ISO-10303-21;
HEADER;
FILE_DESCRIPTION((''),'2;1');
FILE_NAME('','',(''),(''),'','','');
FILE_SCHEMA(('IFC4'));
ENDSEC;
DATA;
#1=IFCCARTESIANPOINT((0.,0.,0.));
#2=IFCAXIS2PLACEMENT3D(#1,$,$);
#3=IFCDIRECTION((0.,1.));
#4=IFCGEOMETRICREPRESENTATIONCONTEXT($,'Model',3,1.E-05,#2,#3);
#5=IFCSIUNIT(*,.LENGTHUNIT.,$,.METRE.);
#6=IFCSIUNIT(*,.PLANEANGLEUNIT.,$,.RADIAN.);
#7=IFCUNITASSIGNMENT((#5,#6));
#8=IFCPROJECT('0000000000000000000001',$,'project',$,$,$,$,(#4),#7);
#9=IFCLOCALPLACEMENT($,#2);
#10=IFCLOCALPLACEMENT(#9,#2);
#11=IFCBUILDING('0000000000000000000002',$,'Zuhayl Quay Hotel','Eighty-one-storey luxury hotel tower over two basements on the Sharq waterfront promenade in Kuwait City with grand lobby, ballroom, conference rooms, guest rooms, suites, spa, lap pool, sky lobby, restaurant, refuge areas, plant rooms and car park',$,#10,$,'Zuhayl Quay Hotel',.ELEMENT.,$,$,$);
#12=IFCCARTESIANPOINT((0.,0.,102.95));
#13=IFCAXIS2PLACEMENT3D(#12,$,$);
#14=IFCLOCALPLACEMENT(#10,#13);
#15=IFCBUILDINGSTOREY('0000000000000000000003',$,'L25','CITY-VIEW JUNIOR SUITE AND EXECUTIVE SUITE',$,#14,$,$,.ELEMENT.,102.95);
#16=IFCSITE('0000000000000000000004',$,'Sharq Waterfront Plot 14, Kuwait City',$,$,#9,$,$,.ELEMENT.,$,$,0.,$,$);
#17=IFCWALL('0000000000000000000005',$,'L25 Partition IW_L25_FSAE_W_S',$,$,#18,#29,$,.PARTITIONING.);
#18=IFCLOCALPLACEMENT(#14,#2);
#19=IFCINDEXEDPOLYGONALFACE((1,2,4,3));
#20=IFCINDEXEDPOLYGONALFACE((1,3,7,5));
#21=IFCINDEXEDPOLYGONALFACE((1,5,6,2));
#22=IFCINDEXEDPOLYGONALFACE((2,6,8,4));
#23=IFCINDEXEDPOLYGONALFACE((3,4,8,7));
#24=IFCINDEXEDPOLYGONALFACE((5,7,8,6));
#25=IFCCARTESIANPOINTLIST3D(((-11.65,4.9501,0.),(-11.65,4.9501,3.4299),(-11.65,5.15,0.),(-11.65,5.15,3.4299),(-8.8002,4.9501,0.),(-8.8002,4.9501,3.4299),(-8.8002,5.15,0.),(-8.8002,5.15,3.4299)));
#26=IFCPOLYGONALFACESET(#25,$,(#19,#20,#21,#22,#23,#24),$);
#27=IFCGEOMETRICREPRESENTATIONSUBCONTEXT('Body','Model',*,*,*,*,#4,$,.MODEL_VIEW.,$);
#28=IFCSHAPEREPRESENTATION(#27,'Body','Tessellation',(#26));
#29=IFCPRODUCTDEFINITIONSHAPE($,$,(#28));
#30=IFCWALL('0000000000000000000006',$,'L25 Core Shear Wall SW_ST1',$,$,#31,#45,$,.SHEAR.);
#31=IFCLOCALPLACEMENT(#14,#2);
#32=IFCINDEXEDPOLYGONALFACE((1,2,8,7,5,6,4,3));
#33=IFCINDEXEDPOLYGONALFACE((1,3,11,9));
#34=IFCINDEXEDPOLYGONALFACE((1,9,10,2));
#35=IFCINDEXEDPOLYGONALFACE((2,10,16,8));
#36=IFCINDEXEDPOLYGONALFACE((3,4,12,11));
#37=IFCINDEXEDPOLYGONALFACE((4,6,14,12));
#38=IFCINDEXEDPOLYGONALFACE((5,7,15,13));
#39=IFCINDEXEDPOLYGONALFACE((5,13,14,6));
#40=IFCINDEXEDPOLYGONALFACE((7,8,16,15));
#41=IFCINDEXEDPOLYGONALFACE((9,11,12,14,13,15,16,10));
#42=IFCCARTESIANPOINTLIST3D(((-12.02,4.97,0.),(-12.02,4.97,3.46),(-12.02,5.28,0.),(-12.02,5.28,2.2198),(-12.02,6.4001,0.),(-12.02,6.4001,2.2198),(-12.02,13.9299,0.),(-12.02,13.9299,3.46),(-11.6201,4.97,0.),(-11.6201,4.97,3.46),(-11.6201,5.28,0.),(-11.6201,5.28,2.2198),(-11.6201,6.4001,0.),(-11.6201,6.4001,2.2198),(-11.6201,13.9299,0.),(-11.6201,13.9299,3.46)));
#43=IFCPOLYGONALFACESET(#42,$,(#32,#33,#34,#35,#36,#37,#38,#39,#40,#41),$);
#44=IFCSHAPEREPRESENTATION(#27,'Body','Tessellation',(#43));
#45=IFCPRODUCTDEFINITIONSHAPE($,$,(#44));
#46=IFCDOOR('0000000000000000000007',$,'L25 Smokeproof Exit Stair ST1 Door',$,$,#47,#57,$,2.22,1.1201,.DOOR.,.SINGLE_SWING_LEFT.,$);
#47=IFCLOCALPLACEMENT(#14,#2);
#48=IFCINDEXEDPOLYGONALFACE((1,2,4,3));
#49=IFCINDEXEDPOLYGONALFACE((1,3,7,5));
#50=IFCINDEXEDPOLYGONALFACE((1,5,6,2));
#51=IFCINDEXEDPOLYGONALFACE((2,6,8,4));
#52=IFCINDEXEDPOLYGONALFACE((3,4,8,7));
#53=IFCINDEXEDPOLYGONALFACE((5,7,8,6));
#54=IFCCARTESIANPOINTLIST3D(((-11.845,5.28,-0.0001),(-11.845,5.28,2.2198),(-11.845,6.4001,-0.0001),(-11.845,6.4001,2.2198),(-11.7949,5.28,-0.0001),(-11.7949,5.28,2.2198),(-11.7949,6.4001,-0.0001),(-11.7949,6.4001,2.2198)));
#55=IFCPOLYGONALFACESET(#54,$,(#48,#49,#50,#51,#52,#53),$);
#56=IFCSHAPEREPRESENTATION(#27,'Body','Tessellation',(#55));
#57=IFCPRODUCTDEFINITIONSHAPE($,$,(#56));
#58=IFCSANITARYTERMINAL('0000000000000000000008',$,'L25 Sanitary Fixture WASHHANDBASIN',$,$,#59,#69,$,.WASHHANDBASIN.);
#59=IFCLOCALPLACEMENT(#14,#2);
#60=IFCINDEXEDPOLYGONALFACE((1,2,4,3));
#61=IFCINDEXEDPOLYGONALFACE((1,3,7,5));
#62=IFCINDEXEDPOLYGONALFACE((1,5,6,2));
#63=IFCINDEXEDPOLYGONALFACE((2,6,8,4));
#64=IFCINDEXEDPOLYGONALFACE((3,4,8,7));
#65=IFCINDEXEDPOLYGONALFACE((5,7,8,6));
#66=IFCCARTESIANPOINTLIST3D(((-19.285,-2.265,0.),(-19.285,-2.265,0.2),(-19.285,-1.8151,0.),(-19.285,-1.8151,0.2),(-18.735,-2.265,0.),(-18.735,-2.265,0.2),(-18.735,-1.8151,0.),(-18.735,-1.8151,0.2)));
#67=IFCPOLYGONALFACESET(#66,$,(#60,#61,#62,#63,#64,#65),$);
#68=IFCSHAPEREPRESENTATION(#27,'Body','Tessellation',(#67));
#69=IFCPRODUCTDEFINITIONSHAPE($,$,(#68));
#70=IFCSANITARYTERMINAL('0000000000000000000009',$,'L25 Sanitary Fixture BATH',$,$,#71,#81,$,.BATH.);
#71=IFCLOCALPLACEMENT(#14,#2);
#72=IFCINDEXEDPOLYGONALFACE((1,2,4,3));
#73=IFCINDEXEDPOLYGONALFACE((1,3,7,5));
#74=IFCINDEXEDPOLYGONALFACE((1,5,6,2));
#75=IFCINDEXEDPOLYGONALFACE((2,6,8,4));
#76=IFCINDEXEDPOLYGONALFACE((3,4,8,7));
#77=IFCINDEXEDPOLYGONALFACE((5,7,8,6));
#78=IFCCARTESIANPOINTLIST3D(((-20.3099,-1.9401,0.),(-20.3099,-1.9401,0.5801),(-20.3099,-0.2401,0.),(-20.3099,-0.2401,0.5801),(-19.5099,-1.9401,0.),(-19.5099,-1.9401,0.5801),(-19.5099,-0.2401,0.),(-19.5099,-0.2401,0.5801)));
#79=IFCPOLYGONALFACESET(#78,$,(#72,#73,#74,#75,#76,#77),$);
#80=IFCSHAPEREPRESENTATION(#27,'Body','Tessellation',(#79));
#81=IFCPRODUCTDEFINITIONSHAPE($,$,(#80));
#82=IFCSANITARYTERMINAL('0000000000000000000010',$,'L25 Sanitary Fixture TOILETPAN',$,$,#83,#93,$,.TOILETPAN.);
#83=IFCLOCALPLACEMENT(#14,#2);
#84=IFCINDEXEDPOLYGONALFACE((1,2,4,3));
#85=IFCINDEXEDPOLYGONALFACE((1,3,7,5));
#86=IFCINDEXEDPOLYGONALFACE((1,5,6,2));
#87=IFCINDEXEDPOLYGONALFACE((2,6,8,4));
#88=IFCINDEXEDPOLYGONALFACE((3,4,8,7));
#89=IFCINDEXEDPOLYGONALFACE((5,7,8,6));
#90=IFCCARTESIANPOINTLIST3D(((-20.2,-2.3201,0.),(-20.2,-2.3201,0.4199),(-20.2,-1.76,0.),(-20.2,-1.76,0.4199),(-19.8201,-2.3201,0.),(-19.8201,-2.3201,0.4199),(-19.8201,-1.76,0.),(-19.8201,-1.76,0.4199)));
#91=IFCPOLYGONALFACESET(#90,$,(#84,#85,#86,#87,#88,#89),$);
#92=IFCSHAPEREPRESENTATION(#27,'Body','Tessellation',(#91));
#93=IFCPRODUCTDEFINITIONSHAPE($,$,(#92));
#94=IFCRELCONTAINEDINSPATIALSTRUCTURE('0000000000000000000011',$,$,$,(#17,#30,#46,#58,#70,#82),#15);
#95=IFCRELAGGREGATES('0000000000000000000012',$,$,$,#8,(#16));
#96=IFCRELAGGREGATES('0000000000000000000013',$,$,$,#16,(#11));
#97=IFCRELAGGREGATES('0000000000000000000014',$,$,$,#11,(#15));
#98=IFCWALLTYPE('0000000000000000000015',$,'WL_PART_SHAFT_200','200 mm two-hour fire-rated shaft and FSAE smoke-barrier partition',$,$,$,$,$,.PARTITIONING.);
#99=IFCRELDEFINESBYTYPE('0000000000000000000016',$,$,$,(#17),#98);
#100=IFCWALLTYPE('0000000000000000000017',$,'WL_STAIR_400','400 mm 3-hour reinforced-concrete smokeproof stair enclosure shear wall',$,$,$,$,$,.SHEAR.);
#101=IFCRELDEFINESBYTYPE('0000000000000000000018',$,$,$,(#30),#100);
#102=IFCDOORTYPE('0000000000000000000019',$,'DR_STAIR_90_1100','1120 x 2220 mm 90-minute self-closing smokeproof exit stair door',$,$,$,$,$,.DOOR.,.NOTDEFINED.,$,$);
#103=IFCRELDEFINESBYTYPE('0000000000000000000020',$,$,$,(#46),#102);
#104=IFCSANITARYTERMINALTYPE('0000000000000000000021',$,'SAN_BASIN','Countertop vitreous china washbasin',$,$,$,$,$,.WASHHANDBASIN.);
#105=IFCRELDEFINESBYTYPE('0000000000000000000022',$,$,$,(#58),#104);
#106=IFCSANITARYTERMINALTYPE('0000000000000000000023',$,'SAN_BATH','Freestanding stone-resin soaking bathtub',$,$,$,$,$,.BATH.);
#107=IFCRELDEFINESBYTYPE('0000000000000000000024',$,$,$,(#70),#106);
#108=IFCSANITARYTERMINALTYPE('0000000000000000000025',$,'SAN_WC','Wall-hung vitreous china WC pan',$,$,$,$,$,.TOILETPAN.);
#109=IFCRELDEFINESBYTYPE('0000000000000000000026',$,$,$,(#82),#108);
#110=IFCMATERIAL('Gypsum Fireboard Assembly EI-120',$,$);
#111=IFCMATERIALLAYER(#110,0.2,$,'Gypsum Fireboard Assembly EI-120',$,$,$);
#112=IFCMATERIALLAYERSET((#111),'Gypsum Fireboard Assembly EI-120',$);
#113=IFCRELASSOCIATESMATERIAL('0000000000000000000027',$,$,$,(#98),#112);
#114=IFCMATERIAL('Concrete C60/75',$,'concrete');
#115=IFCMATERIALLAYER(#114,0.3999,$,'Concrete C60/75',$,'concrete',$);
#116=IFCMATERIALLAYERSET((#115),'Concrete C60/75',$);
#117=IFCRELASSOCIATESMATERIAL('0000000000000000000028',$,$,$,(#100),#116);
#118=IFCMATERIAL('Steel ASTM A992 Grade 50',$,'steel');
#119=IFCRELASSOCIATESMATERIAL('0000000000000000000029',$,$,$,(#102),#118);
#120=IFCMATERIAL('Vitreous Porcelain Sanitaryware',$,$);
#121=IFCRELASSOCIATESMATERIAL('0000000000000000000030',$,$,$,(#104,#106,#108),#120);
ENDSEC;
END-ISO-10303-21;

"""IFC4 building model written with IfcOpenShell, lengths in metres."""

from ifc_helpers import new_model, si_unit, direction, frame, frame_2d, origin, origin_2d, place, context, subcontext, project, spatial, rectangle, extrude, material, layer, layer_set, type_object, element, fill, save


model = new_model("IFC4")

# Units and contexts
model_context = context("Model", 3, precision=1e-05, world=origin(), true_north=direction((0.0, 1.0)))
body_context = subcontext(model_context, "Body", "Model", "MODEL_VIEW")
ifc_project = project(units=[si_unit("LENGTHUNIT", "METRE"), si_unit("PLANEANGLEUNIT", "RADIAN")], contexts=[model_context])

# Site, building, storey
site_placement = place(None, origin())
site = spatial("IfcSite", under=ifc_project, at=site_placement, Name="Sharq Waterfront Plot 14, Kuwait City", CompositionType="ELEMENT", RefElevation=0.0)
building_placement = place(site_placement, origin())
building = spatial("IfcBuilding", under=site, at=building_placement, Name="Zuhayl Quay Hotel", Description="Eighty-one-storey luxury hotel tower over two basements on the Sharq waterfront promenade in Kuwait City with grand lobby, ballroom, conference rooms, guest rooms, suites, spa, lap pool, sky lobby, restaurant, refuge areas, plant rooms and car park", LongName="Zuhayl Quay Hotel", CompositionType="ELEMENT")
storey_placement = place(building_placement, frame((0.0, 0.0, 102.95)))
storey = spatial("IfcBuildingStorey", under=building, at=storey_placement, Name="L25", Description="CITY-VIEW JUNIOR SUITE AND EXECUTIVE SUITE", CompositionType="ELEMENT", Elevation=102.95)

# Shared definitions
ifc_material_1 = material(Name="Steel ASTM A992 Grade 50", Category="steel")
ifc_material_2 = material(Name="Concrete C60/75", Category="concrete")

# Wall
ifc_material_3 = material(Name="Gypsum Fireboard Assembly EI-120")
ifc_layer_1 = layer(ifc_material_3, 0.2, Name="Gypsum Fireboard Assembly EI-120")
ifc_layer_set_1 = layer_set([ifc_layer_1], Name="Gypsum Fireboard Assembly EI-120")
wall_type_1 = type_object("IfcWallType", Name="WL_PART_SHAFT_200", Description="200 mm two-hour fire-rated shaft and FSAE smoke-barrier partition", PredefinedType="PARTITIONING", material=ifc_layer_set_1)
wall_1_placement = place(storey_placement, frame((-11.6499, 5.05, 0.0), z_axis=(0.0, 0.0, 1.0), x_axis=(1.0, 0.0, 0.0)))
element("IfcWall", 1, at=wall_1_placement, inside=storey, type_object=wall_type_1, Name="L25 Partition IW_L25_FSAE_W_S", PredefinedType="PARTITIONING", context=body_context, shape_type="SweptSolid", body=[
    extrude(rectangle(XDim=2.8499, YDim=0.2, at=frame_2d((1.4248, 0.0))), origin(), (0.0, 0.0, 1.0), 3.4299),
])

# Wall, opening, door
ifc_layer_2 = layer(ifc_material_2, 0.3999, Name="Concrete C60/75", Category="concrete")
ifc_layer_set_2 = layer_set([ifc_layer_2], Name="Concrete C60/75")
wall_type_2 = type_object("IfcWallType", Name="WL_STAIR_400", Description="400 mm 3-hour reinforced-concrete smokeproof stair enclosure shear wall", PredefinedType="SHEAR", material=ifc_layer_set_2)
wall_2_placement = place(storey_placement, frame((-11.8201, 4.97, 0.0), z_axis=(0.0, 0.0, 1.0), x_axis=(0.0, 1.0, 0.0)))
wall_2 = element("IfcWall", 2, at=wall_2_placement, inside=storey, type_object=wall_type_2, Name="L25 Core Shear Wall SW_ST1", PredefinedType="SHEAR", context=body_context, shape_type="SweptSolid", body=[
    extrude(rectangle(XDim=8.96, YDim=0.3999, at=frame_2d((4.48, 0.0))), origin(), (0.0, 0.0, 1.0), 3.46),
])
opening_1_placement = place(wall_2_placement, frame((0.3101, 0.0, 0.0)))
opening_1 = element("IfcOpeningElement", 3, at=opening_1_placement, cuts=wall_2, PredefinedType="OPENING", context=body_context, shape_type="SweptSolid", body=[
    extrude(rectangle(XDim=1.1201, YDim=2.22, at=frame_2d((0.5601, 1.1099))), frame((0.0, 0.21, 0.0), z_axis=(0.0, -1.0, 0.0), x_axis=(1.0, 0.0, 0.0)), (0.0, 0.0, 1.0), 0.4199),
])
door_type_1 = type_object("IfcDoorType", Name="DR_STAIR_90_1100", Description="1120 x 2220 mm 90-minute self-closing smokeproof exit stair door", OperationType="NOTDEFINED", PredefinedType="DOOR", material=ifc_material_1)
door_1_placement = place(opening_1_placement, origin())
door_1 = element("IfcDoor", 4, at=door_1_placement, inside=storey, type_object=door_type_1, Name="L25 Smokeproof Exit Stair ST1 Door", OperationType="SINGLE_SWING_LEFT", OverallHeight=2.22, OverallWidth=1.1201, PredefinedType="DOOR", context=body_context, shape_type="SweptSolid", body=[
    extrude(rectangle(XDim=1.1201, YDim=2.22, at=frame_2d((0.5601, 1.1099))), frame((0.0, 0.0249, 0.0), z_axis=(0.0, -1.0, 0.0), x_axis=(1.0, 0.0, 0.0)), (0.0, 0.0, 1.0), 0.05),
])
fill(opening_1, door_1)

# Sanitary terminals
ifc_material_4 = material(Name="Vitreous Porcelain Sanitaryware")
sanitary_terminal_type_1 = type_object("IfcSanitaryTerminalType", Name="SAN_BASIN", Description="Countertop vitreous china washbasin", PredefinedType="WASHHANDBASIN", material=ifc_material_4)
sanitary_terminal_1_placement = place(storey_placement, frame((-19.01, -2.04, 0.0), z_axis=(0.0, 0.0, 1.0), x_axis=(1.0, 0.0, 0.0)))
element("IfcSanitaryTerminal", 5, at=sanitary_terminal_1_placement, inside=storey, type_object=sanitary_terminal_type_1, Name="L25 Sanitary Fixture WASHHANDBASIN", PredefinedType="WASHHANDBASIN", context=body_context, shape_type="SweptSolid", body=[
    extrude(rectangle(XDim=0.55, YDim=0.45, at=origin_2d()), origin(), (0.0, 0.0, 1.0), 0.2),
])
sanitary_terminal_type_2 = type_object("IfcSanitaryTerminalType", Name="SAN_BATH", Description="Freestanding stone-resin soaking bathtub", PredefinedType="BATH", material=ifc_material_4)
sanitary_terminal_2_placement = place(storey_placement, frame((-19.9099, -1.0901, 0.0), z_axis=(0.0, 0.0, 1.0), x_axis=(1.0, 0.0, 0.0)))
element("IfcSanitaryTerminal", 6, at=sanitary_terminal_2_placement, inside=storey, type_object=sanitary_terminal_type_2, Name="L25 Sanitary Fixture BATH", PredefinedType="BATH", context=body_context, shape_type="SweptSolid", body=[
    extrude(rectangle(XDim=0.8, YDim=1.7, at=origin_2d()), origin(), (0.0, 0.0, 1.0), 0.5801),
])
sanitary_terminal_type_3 = type_object("IfcSanitaryTerminalType", Name="SAN_WC", Description="Wall-hung vitreous china WC pan", PredefinedType="TOILETPAN", material=ifc_material_4)
sanitary_terminal_3_placement = place(storey_placement, frame((-20.01, -2.04, 0.0), z_axis=(0.0, 0.0, 1.0), x_axis=(1.0, 0.0, 0.0)))
element("IfcSanitaryTerminal", 7, at=sanitary_terminal_3_placement, inside=storey, type_object=sanitary_terminal_type_3, Name="L25 Sanitary Fixture TOILETPAN", PredefinedType="TOILETPAN", context=body_context, shape_type="SweptSolid", body=[
    extrude(rectangle(XDim=0.3799, YDim=0.5601, at=origin_2d()), origin(), (0.0, 0.0, 1.0), 0.4199),
])

save(model, "model.ifc")
